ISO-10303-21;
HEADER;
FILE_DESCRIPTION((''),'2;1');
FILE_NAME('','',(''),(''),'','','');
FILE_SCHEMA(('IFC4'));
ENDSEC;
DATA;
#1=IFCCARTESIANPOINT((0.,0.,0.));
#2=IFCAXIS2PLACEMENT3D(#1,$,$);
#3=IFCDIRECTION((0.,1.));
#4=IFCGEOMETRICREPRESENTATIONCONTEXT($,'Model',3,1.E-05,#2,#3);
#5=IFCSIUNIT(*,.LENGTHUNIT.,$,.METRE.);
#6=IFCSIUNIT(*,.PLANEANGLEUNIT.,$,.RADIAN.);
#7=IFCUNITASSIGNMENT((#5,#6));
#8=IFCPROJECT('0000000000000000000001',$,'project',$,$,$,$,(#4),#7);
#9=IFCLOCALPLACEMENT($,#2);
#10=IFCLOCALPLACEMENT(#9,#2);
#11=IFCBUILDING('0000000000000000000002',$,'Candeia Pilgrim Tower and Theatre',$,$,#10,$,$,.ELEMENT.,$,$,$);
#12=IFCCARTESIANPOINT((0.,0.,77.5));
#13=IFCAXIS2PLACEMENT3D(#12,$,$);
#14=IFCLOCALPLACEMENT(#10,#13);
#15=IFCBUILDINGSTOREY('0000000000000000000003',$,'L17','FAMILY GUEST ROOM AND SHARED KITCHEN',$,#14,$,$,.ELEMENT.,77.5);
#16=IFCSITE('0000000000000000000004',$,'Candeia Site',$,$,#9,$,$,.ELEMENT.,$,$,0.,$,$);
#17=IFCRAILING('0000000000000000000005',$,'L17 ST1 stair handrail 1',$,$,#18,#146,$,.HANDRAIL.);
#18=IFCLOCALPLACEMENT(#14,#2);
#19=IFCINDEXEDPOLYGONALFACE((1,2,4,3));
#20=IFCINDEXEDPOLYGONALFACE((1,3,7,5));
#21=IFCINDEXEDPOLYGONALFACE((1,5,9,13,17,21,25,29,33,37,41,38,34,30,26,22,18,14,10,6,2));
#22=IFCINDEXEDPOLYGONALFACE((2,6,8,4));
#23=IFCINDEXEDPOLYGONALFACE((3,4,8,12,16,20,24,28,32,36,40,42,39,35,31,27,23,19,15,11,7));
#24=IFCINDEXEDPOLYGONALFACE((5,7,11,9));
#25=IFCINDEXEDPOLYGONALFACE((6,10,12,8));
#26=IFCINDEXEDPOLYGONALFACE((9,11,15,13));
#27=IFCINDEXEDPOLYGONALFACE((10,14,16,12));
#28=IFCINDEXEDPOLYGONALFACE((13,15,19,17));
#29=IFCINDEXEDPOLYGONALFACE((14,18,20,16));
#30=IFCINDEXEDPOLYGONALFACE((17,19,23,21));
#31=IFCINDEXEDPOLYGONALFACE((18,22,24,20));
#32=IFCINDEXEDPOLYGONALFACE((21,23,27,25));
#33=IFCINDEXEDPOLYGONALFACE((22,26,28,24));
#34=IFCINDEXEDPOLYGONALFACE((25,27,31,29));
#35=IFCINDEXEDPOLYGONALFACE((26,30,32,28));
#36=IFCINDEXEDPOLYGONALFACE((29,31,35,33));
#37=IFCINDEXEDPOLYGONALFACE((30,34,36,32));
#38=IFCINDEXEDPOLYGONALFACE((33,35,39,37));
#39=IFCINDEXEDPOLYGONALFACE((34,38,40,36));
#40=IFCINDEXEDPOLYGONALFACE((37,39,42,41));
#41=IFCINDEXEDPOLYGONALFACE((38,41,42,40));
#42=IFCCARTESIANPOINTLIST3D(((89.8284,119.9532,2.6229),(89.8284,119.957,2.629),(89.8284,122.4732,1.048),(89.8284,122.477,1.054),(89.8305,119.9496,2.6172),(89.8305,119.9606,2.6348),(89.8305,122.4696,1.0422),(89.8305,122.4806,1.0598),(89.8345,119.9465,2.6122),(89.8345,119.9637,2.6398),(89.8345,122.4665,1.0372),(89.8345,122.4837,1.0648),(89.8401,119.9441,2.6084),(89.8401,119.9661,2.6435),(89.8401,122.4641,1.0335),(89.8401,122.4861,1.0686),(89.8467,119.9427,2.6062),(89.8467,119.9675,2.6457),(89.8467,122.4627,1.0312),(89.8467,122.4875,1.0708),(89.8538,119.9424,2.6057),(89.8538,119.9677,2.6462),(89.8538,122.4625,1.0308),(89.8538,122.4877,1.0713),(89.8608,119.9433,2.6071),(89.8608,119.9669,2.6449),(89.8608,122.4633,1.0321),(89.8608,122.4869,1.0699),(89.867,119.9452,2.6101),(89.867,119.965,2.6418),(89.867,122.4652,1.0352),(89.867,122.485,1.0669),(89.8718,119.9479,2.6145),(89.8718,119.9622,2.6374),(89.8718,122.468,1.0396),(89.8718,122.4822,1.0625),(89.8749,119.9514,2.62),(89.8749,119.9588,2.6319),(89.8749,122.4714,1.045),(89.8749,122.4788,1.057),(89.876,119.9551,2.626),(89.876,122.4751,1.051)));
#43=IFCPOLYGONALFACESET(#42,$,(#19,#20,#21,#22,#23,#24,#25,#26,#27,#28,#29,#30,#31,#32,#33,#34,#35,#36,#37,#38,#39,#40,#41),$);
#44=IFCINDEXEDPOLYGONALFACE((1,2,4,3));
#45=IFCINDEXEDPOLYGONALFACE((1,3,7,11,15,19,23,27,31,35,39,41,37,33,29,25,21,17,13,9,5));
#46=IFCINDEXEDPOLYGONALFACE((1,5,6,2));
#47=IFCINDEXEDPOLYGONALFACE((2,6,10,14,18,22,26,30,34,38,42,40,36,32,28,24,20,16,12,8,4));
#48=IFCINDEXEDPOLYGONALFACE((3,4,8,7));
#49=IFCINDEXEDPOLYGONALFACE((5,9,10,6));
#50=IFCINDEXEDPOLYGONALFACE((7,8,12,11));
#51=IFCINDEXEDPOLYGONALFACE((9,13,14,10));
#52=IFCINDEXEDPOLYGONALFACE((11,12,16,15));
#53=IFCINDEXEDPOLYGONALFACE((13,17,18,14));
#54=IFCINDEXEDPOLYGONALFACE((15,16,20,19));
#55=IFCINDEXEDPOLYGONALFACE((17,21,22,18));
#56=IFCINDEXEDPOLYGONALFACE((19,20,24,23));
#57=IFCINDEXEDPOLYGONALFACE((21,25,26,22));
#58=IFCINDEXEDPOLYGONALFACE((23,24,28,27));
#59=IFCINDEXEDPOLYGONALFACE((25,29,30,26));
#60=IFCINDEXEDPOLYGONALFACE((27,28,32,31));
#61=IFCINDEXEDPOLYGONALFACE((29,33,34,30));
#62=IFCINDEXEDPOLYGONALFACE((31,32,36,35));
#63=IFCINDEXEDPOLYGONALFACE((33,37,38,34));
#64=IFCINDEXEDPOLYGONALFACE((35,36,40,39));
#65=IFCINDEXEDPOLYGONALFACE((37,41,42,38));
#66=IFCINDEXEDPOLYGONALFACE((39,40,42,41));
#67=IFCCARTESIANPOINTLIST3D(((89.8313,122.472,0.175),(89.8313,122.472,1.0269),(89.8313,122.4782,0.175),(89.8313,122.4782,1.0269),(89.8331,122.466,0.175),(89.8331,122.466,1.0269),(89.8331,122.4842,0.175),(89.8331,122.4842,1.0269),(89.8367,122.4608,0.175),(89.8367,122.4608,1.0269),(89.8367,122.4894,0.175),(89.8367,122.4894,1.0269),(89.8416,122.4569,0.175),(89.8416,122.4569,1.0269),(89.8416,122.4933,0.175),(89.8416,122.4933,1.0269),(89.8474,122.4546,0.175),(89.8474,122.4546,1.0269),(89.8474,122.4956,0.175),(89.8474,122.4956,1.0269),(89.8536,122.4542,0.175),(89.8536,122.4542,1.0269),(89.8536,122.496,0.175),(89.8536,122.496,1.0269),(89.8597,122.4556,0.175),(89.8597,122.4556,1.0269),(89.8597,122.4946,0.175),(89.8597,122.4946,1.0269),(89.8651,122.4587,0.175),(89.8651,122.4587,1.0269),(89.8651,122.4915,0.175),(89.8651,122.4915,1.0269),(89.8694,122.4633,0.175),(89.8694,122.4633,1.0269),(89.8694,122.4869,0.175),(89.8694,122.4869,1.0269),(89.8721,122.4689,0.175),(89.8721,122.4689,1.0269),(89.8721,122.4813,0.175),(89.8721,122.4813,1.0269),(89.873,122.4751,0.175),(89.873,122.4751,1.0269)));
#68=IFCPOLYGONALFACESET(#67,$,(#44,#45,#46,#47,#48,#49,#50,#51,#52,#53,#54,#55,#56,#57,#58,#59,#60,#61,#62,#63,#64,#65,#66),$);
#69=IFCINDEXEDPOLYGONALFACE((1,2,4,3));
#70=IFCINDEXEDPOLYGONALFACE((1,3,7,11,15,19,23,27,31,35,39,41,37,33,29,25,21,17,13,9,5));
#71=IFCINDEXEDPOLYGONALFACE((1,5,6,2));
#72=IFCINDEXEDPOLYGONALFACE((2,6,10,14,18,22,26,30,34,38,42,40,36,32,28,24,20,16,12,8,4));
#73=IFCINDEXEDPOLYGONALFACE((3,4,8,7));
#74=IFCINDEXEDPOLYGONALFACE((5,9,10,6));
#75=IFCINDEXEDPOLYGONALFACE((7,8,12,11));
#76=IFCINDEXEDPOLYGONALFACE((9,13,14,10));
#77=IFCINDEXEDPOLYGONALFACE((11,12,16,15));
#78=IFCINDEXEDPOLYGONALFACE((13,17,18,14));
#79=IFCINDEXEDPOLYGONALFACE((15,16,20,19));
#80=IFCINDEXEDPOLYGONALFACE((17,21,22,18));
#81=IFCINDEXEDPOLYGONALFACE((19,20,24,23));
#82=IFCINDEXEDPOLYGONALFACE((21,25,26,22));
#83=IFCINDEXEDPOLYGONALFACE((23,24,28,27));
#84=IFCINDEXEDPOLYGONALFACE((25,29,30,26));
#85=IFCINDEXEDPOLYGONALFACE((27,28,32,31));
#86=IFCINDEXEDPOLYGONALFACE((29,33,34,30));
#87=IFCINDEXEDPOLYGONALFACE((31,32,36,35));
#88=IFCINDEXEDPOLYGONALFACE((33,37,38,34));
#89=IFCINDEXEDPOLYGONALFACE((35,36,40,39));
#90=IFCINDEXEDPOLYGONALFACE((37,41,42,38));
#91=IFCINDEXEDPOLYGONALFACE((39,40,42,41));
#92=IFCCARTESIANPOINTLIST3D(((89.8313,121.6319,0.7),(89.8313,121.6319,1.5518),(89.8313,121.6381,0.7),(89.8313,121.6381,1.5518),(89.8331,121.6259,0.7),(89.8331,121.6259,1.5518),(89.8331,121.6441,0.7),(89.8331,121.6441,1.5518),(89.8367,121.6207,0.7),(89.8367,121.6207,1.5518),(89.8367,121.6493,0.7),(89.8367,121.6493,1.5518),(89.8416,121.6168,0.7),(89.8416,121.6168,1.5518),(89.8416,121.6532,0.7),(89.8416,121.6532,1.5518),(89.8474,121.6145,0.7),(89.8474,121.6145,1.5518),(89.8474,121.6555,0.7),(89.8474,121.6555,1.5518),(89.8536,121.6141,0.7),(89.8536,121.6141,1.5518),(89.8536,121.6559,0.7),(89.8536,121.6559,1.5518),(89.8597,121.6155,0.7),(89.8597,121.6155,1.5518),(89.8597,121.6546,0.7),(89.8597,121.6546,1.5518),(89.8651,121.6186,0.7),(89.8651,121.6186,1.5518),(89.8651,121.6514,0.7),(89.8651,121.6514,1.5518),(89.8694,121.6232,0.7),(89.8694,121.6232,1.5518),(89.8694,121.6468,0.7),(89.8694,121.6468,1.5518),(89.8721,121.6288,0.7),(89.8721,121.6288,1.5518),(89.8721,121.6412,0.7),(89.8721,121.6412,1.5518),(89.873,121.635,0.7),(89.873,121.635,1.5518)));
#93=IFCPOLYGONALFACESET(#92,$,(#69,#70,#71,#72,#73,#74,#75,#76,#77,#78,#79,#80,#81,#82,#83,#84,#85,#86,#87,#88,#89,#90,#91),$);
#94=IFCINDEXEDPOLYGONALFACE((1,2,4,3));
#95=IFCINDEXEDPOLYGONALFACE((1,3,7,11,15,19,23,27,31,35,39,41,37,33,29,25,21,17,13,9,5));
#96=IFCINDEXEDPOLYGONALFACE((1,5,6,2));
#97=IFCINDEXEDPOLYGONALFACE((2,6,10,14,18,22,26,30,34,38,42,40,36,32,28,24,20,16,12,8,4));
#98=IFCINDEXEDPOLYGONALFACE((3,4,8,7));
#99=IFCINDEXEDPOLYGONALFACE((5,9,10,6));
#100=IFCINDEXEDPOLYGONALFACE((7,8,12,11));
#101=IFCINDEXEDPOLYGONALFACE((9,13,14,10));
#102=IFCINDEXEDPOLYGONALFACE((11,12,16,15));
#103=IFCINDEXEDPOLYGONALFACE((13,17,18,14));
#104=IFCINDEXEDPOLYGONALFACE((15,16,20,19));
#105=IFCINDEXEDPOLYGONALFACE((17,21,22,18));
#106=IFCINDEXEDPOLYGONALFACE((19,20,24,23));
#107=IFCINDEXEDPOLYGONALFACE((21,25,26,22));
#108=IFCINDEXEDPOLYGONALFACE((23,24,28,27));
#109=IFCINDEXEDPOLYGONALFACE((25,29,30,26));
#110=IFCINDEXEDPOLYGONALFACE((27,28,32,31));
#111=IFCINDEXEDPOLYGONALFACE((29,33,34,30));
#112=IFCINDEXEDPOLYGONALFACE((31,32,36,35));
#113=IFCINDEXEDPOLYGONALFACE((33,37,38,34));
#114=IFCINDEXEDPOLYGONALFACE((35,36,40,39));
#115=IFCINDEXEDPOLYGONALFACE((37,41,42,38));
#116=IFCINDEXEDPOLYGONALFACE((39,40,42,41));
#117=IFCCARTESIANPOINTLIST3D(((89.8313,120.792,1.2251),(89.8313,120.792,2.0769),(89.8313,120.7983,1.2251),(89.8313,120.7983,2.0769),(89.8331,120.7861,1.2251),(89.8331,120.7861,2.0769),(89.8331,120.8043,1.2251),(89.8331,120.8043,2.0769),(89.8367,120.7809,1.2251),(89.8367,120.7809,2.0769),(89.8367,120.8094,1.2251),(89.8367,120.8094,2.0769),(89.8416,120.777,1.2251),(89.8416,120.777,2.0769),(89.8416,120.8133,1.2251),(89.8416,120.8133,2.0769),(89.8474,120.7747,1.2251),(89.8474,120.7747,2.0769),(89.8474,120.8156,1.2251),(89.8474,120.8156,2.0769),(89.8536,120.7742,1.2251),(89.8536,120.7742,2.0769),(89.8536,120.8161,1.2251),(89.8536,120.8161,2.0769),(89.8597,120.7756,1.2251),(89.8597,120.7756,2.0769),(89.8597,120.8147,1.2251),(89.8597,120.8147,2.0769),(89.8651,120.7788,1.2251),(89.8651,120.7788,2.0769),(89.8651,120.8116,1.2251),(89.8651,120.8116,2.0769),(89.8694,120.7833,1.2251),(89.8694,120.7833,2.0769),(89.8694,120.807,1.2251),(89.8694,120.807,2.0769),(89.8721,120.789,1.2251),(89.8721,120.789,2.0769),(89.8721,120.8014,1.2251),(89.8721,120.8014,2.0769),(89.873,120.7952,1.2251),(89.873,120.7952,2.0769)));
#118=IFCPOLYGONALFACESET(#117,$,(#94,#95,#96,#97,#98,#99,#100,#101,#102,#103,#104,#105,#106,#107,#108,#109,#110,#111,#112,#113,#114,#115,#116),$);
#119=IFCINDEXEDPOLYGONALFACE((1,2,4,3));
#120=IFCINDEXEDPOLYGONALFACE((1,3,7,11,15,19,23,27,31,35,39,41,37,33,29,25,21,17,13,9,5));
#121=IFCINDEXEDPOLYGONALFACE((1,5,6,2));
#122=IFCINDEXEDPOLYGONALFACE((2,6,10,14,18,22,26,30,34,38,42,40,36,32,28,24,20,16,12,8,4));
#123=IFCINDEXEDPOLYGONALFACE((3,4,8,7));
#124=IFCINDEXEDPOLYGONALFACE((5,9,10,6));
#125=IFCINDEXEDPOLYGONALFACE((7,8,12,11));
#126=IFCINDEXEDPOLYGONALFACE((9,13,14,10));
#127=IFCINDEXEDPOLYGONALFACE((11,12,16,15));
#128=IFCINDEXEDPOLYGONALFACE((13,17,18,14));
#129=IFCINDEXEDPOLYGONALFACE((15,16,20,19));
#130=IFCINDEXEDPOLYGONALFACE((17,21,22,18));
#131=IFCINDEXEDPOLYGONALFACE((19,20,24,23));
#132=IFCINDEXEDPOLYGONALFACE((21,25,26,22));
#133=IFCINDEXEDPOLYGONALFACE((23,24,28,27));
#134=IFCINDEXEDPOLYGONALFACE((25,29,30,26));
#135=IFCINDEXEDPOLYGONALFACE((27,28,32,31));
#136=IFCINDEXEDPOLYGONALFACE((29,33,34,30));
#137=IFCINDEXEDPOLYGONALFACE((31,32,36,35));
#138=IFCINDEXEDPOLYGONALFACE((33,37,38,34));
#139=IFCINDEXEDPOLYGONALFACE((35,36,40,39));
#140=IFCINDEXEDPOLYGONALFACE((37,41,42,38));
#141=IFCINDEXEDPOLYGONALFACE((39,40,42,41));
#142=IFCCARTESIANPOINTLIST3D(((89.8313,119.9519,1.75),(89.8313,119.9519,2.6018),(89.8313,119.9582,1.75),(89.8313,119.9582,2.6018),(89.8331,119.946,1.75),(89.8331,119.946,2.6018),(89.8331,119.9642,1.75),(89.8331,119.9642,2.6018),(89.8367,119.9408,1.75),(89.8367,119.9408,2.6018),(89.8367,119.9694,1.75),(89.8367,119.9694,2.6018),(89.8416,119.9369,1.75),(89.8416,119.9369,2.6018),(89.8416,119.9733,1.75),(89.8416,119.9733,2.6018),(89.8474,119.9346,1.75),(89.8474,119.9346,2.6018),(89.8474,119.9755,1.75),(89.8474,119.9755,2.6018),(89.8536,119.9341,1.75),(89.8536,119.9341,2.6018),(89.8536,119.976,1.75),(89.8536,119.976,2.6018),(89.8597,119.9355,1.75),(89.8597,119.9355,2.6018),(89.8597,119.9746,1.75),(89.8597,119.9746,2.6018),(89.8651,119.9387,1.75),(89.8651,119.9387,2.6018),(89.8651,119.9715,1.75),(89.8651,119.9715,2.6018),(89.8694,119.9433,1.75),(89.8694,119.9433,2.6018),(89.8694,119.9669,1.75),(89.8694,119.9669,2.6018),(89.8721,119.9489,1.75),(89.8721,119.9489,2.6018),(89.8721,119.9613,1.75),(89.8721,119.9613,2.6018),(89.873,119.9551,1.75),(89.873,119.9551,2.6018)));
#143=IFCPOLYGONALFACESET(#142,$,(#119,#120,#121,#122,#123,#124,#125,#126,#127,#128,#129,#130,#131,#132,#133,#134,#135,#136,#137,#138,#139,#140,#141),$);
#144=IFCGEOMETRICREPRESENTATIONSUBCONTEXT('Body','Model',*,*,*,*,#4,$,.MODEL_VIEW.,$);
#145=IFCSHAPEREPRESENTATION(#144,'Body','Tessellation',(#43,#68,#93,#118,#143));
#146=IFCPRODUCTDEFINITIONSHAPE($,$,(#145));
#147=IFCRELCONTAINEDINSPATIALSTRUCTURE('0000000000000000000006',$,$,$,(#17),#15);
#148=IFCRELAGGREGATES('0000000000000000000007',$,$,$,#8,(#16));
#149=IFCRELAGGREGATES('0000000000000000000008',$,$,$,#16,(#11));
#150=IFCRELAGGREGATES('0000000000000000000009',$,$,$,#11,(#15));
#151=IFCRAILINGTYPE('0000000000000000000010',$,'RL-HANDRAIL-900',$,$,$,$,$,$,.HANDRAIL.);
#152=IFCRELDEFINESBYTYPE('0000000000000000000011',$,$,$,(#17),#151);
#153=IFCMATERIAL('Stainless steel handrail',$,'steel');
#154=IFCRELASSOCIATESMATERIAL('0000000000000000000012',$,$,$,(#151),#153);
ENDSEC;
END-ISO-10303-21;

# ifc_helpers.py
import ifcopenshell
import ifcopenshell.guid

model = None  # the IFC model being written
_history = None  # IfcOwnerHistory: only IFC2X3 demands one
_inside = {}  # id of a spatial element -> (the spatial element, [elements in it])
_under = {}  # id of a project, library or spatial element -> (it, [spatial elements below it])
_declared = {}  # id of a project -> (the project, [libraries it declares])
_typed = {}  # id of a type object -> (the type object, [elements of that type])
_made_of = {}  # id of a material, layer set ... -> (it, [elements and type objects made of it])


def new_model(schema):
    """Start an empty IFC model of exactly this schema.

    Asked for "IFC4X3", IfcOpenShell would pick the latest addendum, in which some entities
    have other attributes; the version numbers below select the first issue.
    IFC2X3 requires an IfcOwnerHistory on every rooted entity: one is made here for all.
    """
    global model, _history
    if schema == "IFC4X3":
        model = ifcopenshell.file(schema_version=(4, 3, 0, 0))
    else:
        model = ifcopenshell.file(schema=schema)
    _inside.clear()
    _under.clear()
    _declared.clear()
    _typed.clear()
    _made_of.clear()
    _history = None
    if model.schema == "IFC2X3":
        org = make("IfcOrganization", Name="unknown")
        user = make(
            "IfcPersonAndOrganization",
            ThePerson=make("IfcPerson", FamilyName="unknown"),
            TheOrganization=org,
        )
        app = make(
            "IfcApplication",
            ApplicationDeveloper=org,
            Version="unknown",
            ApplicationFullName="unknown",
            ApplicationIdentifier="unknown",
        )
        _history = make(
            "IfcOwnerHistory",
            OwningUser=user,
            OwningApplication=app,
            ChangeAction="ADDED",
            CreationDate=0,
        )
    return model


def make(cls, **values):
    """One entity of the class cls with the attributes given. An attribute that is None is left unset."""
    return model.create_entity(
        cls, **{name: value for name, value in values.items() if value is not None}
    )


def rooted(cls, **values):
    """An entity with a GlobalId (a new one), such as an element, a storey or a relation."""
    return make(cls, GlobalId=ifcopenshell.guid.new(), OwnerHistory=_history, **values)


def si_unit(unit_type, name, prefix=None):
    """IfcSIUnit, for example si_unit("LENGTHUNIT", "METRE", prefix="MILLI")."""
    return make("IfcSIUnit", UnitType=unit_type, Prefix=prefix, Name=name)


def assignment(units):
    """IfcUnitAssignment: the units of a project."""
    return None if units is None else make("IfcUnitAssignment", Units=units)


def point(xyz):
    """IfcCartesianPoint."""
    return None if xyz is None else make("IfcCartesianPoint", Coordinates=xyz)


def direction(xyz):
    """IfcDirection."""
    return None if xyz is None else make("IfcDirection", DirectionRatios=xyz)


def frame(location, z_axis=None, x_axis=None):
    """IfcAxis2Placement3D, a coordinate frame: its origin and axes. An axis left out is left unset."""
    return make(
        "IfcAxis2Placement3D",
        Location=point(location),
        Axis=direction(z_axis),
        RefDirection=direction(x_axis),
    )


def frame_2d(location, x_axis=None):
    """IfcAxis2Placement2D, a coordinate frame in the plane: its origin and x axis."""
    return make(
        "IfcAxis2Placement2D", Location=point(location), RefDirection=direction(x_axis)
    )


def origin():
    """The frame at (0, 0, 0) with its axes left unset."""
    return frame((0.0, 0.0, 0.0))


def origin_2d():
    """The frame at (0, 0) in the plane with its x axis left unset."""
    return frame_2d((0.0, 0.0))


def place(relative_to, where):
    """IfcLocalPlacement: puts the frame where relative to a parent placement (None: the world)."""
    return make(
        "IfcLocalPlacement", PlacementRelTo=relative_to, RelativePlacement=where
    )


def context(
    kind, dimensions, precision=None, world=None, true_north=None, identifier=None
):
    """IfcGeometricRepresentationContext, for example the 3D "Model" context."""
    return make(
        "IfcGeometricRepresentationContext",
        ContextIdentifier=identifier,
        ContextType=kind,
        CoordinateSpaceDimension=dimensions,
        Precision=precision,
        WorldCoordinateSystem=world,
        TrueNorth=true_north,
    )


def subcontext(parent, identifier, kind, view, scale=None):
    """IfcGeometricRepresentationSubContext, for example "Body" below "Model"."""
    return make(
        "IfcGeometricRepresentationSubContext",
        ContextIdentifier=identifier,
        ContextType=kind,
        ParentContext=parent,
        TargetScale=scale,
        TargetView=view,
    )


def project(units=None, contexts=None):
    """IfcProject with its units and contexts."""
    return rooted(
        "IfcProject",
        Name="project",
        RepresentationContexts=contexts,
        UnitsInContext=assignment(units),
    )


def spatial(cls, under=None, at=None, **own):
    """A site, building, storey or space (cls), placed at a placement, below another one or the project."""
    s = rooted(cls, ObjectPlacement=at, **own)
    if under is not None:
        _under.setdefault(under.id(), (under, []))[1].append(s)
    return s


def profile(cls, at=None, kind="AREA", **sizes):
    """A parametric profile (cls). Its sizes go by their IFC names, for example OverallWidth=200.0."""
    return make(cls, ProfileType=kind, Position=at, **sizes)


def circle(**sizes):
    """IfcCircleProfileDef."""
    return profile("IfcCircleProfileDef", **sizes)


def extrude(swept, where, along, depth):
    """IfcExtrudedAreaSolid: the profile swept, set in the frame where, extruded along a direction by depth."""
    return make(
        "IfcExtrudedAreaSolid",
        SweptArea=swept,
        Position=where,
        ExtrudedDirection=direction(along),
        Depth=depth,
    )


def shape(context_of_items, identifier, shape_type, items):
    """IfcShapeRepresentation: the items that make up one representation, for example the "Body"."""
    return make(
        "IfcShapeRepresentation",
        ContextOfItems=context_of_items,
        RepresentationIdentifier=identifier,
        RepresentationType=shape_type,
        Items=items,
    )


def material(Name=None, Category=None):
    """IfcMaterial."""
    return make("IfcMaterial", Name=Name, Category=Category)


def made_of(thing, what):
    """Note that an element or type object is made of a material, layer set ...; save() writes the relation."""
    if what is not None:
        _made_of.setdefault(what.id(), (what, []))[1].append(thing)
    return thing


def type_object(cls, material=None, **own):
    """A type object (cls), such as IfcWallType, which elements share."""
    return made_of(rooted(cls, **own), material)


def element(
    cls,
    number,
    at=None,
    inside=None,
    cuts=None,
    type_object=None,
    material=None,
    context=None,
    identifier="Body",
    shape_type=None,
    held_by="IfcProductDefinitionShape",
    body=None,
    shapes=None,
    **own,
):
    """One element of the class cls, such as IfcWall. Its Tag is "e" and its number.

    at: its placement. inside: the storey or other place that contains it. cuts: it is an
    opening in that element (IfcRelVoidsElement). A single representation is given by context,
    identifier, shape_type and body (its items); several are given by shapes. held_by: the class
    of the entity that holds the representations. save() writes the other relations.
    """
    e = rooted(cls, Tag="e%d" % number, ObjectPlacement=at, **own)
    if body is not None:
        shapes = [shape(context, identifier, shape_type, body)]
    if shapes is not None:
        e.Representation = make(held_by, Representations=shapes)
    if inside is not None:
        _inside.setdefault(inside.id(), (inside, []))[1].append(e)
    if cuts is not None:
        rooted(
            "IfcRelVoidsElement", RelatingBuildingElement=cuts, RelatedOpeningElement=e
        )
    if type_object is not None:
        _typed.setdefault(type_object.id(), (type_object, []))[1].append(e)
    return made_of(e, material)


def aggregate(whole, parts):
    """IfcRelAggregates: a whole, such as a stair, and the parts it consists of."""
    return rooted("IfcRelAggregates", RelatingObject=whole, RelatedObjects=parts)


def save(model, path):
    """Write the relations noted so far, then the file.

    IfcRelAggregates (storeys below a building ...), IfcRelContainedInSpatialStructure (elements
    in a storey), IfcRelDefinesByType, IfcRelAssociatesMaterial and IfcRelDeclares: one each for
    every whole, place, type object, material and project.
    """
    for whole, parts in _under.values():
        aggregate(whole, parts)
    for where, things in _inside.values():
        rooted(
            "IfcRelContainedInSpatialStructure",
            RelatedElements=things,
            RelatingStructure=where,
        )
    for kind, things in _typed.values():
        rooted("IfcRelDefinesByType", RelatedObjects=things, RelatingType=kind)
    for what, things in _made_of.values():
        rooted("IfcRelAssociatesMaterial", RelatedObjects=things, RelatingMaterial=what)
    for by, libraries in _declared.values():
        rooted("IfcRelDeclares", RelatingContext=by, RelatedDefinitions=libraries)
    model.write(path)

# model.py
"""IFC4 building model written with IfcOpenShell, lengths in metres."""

from ifc_helpers import new_model, si_unit, direction, frame, origin, origin_2d, place, context, subcontext, project, spatial, circle, extrude, material, type_object, element, save


model = new_model("IFC4")

# Units and contexts
model_context = context("Model", 3, precision=1e-05, world=origin(), true_north=direction((0.0, 1.0)))
body_context = subcontext(model_context, "Body", "Model", "MODEL_VIEW")
ifc_project = project(units=[si_unit("LENGTHUNIT", "METRE"), si_unit("PLANEANGLEUNIT", "RADIAN")], contexts=[model_context])

# Site, building, storey
site_placement = place(None, origin())
site = spatial("IfcSite", under=ifc_project, at=site_placement, Name="Candeia Site", CompositionType="ELEMENT", RefElevation=0.0)
building_placement = place(site_placement, origin())
building = spatial("IfcBuilding", under=site, at=building_placement, Name="Candeia Pilgrim Tower and Theatre", CompositionType="ELEMENT")
storey_placement = place(building_placement, frame((0.0, 0.0, 77.5)))
storey = spatial("IfcBuildingStorey", under=building, at=storey_placement, Name="L17", Description="FAMILY GUEST ROOM AND SHARED KITCHEN", CompositionType="ELEMENT", Elevation=77.5)

# Railing
ifc_material_1 = material(Name="Stainless steel handrail", Category="steel")
railing_type_1 = type_object("IfcRailingType", Name="RL-HANDRAIL-900", PredefinedType="HANDRAIL", material=ifc_material_1)
for number, where, name in (
    (1, (89.8521, 122.4751, 0.175), "L17 ST1 stair handrail 1"),
):
    element("IfcRailing", number, at=place(storey_placement, frame(where)), inside=storey, type_object=railing_type_1, Name=name, PredefinedType="HANDRAIL", context=body_context, shape_type="SweptSolid", body=[
        extrude(circle(Radius=0.0239, at=origin_2d()), frame((0.0, 0.0, 0.876), z_axis=(0.0, -0.848008, 0.529984), x_axis=(1.0, 0.0, 0.0)), (0.0, 0.0, 1.0), 2.9717),
        extrude(circle(Radius=0.021, at=origin_2d()), origin(), (0.0, 0.0, 1.0), 0.8518),
        extrude(circle(Radius=0.021, at=origin_2d()), frame((0.0, -0.8401, 0.5249)), (0.0, 0.0, 1.0), 0.8518),
        extrude(circle(Radius=0.021, at=origin_2d()), frame((0.0, -1.6799, 1.05)), (0.0, 0.0, 1.0), 0.8518),
        extrude(circle(Radius=0.021, at=origin_2d()), frame((0.0, -2.52, 1.575)), (0.0, 0.0, 1.0), 0.8518),
    ])

save(model, "model.ifc")
